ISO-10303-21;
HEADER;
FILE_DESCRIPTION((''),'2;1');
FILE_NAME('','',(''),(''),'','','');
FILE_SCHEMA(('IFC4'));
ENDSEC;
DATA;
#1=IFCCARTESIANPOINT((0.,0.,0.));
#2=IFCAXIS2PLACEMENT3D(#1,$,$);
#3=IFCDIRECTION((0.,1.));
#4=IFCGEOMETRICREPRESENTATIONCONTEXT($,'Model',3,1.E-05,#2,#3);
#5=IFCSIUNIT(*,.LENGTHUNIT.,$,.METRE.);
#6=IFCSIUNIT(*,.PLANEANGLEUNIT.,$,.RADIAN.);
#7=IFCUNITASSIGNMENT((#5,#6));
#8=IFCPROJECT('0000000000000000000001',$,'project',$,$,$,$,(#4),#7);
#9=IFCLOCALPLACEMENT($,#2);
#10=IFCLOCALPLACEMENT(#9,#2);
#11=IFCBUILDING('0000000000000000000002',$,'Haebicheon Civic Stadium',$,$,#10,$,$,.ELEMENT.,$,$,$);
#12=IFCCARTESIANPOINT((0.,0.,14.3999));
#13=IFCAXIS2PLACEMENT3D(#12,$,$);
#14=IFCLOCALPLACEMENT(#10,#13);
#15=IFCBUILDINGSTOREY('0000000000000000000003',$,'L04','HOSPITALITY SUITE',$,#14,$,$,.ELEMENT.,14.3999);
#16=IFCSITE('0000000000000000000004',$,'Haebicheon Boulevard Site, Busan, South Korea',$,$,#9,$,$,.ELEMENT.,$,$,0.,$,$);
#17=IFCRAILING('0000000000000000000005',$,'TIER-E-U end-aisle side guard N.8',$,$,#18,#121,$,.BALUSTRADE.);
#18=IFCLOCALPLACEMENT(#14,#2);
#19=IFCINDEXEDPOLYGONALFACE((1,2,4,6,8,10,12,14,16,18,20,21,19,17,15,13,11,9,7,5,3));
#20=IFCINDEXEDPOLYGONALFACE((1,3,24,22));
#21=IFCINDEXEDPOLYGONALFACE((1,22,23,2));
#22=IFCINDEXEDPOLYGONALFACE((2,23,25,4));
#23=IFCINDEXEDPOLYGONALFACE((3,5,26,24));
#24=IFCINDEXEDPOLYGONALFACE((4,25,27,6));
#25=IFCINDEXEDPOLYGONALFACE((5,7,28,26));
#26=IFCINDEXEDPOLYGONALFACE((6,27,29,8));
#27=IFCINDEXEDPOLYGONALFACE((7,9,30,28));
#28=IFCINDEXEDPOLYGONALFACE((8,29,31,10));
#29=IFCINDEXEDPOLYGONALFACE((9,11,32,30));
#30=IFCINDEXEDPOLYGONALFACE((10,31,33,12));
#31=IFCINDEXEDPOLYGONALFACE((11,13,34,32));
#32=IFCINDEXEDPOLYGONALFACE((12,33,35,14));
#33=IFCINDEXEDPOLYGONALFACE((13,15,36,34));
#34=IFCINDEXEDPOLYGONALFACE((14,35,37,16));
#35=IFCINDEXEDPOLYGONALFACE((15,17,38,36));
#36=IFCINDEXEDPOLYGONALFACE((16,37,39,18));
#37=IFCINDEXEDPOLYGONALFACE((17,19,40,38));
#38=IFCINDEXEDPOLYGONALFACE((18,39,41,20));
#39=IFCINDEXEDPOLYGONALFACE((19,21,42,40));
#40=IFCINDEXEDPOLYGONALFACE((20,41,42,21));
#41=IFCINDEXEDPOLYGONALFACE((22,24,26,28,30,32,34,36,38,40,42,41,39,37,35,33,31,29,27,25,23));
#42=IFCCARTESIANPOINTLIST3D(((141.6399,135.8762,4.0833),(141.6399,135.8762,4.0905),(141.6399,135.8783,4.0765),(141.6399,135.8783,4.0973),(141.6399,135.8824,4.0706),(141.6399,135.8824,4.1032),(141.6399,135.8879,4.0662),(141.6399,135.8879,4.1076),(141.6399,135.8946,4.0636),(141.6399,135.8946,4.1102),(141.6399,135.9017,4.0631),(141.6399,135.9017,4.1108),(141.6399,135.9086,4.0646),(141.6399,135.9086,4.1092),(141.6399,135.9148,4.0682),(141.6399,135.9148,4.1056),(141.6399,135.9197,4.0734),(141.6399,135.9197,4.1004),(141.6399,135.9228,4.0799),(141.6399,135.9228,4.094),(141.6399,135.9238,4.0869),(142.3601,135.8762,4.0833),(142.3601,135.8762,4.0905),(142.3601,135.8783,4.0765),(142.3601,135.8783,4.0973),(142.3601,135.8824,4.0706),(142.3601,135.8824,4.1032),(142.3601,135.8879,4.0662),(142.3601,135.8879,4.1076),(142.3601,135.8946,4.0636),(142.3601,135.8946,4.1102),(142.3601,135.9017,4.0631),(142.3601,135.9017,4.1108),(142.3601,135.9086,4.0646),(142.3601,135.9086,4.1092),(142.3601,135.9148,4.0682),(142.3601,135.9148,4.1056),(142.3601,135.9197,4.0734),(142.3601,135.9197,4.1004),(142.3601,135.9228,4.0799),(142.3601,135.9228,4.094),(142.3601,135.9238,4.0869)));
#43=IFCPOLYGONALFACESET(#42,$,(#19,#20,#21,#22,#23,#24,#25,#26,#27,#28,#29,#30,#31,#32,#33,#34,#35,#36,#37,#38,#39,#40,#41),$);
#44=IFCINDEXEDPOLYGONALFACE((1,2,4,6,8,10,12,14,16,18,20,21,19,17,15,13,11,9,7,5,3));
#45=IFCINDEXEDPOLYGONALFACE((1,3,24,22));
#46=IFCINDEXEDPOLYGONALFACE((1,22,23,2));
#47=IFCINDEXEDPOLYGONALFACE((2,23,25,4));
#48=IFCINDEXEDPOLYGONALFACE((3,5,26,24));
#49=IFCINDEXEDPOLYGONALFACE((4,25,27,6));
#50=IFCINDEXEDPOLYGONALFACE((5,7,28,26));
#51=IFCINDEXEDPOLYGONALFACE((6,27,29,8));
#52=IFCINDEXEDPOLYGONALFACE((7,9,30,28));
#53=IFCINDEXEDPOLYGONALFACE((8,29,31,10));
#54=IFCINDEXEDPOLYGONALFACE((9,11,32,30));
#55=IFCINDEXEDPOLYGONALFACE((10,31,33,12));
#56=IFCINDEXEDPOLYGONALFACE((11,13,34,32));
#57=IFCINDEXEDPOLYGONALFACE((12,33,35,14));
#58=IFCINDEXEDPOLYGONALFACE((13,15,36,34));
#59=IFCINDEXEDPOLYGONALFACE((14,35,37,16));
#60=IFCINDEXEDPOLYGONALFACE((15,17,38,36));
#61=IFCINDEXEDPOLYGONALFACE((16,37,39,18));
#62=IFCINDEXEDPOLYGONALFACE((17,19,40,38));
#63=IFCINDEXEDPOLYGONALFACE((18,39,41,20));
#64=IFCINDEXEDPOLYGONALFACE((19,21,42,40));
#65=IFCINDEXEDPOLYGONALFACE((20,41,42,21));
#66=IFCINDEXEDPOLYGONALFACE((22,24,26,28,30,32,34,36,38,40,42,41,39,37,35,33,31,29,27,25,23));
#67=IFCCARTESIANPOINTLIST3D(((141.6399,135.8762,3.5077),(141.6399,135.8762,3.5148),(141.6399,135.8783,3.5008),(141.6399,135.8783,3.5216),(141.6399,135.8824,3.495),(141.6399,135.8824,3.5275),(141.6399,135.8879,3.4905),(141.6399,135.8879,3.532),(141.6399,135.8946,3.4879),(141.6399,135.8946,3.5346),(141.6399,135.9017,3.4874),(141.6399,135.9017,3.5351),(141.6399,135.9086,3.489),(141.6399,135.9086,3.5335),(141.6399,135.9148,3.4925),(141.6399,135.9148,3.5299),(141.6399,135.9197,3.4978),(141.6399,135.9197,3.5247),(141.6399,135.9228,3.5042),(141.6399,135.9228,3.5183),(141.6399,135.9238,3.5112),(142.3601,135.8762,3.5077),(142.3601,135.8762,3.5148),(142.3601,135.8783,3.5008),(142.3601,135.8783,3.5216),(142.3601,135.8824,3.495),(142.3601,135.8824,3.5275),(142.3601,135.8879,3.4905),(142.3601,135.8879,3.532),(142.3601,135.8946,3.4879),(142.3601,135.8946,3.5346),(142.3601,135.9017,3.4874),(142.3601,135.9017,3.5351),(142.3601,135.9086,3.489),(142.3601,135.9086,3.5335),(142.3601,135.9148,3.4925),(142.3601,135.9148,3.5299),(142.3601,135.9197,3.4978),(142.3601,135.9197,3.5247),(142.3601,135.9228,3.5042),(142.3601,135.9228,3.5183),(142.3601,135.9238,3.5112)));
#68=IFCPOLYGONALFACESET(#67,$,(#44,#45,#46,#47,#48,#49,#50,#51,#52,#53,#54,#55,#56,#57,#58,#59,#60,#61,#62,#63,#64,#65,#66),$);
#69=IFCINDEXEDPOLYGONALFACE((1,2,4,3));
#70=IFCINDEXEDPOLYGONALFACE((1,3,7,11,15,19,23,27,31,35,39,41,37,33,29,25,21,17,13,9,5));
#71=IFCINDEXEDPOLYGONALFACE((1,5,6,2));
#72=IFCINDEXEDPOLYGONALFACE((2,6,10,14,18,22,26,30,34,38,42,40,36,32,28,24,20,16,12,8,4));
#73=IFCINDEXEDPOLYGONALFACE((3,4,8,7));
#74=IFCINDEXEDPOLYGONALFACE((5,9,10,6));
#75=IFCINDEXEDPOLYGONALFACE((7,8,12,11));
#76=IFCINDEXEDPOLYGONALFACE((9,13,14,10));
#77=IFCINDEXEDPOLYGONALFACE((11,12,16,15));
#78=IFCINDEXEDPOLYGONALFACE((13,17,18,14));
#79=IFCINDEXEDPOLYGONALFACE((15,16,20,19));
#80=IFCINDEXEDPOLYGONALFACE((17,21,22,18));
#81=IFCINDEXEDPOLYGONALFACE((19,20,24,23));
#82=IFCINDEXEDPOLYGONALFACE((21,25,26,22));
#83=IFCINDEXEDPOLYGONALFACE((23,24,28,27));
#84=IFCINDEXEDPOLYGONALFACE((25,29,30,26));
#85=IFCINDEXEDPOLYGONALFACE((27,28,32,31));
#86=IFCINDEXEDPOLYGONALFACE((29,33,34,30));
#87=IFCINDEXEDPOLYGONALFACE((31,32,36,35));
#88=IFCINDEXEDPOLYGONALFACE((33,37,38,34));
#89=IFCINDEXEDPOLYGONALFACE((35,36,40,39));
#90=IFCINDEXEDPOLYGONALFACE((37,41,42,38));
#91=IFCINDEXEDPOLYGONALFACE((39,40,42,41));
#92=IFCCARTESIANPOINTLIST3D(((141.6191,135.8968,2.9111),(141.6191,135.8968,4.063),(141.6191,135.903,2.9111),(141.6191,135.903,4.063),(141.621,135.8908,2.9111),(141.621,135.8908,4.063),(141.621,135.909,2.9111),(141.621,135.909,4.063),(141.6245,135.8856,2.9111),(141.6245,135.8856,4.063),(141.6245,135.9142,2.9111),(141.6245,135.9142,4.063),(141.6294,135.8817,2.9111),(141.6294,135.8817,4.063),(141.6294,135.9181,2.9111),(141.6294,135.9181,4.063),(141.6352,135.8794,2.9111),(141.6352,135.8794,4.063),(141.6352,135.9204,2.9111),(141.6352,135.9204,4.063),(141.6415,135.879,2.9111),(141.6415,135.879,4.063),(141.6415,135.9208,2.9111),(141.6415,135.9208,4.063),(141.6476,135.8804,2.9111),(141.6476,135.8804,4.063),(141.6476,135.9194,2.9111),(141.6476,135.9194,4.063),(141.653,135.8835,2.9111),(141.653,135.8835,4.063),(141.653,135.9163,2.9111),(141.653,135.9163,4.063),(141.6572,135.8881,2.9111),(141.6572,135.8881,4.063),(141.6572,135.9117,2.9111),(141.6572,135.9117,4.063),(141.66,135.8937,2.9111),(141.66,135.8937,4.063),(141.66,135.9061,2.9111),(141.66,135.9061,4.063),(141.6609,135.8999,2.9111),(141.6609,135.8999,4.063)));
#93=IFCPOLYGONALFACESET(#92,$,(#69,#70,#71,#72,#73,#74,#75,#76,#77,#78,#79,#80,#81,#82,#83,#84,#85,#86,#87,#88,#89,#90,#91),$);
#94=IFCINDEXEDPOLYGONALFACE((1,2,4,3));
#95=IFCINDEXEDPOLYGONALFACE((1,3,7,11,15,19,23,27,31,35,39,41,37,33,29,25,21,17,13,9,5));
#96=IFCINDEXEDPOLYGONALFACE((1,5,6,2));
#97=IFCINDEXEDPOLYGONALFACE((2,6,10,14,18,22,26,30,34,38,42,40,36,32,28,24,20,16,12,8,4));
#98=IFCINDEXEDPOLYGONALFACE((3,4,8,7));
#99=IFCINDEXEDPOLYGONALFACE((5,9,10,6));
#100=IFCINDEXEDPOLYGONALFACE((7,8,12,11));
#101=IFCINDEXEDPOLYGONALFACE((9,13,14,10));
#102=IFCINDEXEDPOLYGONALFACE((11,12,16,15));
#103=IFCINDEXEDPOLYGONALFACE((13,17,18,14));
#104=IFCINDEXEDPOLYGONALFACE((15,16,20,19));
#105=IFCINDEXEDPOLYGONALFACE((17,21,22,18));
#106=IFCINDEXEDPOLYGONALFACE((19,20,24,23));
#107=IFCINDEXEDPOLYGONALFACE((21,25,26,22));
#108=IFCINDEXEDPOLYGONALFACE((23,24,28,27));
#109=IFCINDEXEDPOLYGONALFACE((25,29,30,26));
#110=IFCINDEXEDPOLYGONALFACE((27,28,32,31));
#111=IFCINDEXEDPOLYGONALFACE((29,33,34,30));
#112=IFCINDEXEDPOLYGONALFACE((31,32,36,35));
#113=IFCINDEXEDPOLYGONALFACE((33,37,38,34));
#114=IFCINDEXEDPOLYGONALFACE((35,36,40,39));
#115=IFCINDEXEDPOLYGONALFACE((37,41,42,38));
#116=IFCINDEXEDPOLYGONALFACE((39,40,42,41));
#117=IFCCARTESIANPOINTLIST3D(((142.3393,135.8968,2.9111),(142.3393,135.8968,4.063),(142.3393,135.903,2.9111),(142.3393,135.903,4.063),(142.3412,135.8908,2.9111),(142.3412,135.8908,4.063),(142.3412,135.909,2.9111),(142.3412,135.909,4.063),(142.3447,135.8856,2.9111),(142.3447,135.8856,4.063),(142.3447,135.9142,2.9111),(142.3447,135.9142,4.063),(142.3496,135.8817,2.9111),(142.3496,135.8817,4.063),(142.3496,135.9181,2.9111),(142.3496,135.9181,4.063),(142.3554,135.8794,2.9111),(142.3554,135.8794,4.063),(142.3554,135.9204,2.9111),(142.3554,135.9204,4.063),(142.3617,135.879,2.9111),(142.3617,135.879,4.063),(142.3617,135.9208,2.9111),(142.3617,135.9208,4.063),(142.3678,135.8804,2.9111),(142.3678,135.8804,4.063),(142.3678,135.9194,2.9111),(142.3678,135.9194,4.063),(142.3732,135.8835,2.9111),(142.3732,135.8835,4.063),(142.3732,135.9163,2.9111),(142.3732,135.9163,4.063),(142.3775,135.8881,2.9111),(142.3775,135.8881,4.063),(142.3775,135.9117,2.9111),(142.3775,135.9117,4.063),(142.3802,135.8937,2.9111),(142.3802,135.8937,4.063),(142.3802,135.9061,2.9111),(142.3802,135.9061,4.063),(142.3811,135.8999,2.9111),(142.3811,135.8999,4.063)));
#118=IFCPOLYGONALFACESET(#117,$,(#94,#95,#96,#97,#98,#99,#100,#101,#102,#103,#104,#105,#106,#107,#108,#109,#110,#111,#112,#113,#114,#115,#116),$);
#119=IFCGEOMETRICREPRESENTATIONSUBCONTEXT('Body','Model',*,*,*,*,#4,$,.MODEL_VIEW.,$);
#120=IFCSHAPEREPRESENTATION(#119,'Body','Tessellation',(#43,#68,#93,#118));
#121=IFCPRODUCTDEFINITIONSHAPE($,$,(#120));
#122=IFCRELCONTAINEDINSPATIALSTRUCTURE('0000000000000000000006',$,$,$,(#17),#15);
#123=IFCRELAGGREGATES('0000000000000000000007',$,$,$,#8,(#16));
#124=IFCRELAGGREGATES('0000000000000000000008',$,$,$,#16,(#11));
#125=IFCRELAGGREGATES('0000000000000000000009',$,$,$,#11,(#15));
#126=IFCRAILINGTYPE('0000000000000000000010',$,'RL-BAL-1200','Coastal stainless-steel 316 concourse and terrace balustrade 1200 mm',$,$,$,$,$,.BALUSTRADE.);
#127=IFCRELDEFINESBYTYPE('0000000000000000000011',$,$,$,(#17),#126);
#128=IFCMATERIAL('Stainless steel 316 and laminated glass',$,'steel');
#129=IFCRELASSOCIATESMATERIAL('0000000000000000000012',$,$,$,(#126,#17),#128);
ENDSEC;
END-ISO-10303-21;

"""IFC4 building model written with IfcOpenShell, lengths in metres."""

from ifc_helpers import new_model, si_unit, direction, frame, origin, origin_2d, place, context, subcontext, project, spatial, circle, extrude, material, type_object, element, save


model = new_model("IFC4")

# Units and contexts
model_context = context("Model", 3, precision=1e-05, world=origin(), true_north=direction((0.0, 1.0)))
body_context = subcontext(model_context, "Body", "Model", "MODEL_VIEW")
ifc_project = project(units=[si_unit("LENGTHUNIT", "METRE"), si_unit("PLANEANGLEUNIT", "RADIAN")], contexts=[model_context])

# Site, building, storey
site_placement = place(None, origin())
site = spatial("IfcSite", under=ifc_project, at=site_placement, Name="Haebicheon Boulevard Site, Busan, South Korea", CompositionType="ELEMENT", RefElevation=0.0)
building_placement = place(site_placement, origin())
building = spatial("IfcBuilding", under=site, at=building_placement, Name="Haebicheon Civic Stadium", CompositionType="ELEMENT")
storey_placement = place(building_placement, frame((0.0, 0.0, 14.3999)))
storey = spatial("IfcBuildingStorey", under=building, at=storey_placement, Name="L04", Description="HOSPITALITY SUITE", CompositionType="ELEMENT", Elevation=14.3999)

# Railing
ifc_material_1 = material(Name="Stainless steel 316 and laminated glass", Category="steel")
railing_type = type_object("IfcRailingType", Name="RL-BAL-1200", Description="Coastal stainless-steel 316 concourse and terrace balustrade 1200 mm", PredefinedType="BALUSTRADE", material=ifc_material_1)
railing_1_placement = place(storey_placement, frame((141.6399, 135.8999, 2.9111)))
element("IfcRailing", 1, at=railing_1_placement, inside=storey, type_object=railing_type, material=ifc_material_1, Name="TIER-E-U end-aisle side guard N.8", PredefinedType="BALUSTRADE", context=body_context, shape_type="SweptSolid", body=[
    extrude(circle(Radius=0.0239, at=origin_2d()), frame((0.0, 0.0, 1.1758), z_axis=(1.0, 0.0, 0.0), x_axis=(0.0, 1.0, 0.0)), (0.0, 0.0, 1.0), 0.7202),
    extrude(circle(Radius=0.0239, at=origin_2d()), frame((0.0, 0.0, 0.6001), z_axis=(1.0, 0.0, 0.0), x_axis=(0.0, 1.0, 0.0)), (0.0, 0.0, 1.0), 0.7202),
    extrude(circle(Radius=0.021, at=origin_2d()), origin(), (0.0, 0.0, 1.0), 1.1519),
    extrude(circle(Radius=0.021, at=origin_2d()), frame((0.7202, 0.0, 0.0)), (0.0, 0.0, 1.0), 1.1519),
])

save(model, "model.ifc")
